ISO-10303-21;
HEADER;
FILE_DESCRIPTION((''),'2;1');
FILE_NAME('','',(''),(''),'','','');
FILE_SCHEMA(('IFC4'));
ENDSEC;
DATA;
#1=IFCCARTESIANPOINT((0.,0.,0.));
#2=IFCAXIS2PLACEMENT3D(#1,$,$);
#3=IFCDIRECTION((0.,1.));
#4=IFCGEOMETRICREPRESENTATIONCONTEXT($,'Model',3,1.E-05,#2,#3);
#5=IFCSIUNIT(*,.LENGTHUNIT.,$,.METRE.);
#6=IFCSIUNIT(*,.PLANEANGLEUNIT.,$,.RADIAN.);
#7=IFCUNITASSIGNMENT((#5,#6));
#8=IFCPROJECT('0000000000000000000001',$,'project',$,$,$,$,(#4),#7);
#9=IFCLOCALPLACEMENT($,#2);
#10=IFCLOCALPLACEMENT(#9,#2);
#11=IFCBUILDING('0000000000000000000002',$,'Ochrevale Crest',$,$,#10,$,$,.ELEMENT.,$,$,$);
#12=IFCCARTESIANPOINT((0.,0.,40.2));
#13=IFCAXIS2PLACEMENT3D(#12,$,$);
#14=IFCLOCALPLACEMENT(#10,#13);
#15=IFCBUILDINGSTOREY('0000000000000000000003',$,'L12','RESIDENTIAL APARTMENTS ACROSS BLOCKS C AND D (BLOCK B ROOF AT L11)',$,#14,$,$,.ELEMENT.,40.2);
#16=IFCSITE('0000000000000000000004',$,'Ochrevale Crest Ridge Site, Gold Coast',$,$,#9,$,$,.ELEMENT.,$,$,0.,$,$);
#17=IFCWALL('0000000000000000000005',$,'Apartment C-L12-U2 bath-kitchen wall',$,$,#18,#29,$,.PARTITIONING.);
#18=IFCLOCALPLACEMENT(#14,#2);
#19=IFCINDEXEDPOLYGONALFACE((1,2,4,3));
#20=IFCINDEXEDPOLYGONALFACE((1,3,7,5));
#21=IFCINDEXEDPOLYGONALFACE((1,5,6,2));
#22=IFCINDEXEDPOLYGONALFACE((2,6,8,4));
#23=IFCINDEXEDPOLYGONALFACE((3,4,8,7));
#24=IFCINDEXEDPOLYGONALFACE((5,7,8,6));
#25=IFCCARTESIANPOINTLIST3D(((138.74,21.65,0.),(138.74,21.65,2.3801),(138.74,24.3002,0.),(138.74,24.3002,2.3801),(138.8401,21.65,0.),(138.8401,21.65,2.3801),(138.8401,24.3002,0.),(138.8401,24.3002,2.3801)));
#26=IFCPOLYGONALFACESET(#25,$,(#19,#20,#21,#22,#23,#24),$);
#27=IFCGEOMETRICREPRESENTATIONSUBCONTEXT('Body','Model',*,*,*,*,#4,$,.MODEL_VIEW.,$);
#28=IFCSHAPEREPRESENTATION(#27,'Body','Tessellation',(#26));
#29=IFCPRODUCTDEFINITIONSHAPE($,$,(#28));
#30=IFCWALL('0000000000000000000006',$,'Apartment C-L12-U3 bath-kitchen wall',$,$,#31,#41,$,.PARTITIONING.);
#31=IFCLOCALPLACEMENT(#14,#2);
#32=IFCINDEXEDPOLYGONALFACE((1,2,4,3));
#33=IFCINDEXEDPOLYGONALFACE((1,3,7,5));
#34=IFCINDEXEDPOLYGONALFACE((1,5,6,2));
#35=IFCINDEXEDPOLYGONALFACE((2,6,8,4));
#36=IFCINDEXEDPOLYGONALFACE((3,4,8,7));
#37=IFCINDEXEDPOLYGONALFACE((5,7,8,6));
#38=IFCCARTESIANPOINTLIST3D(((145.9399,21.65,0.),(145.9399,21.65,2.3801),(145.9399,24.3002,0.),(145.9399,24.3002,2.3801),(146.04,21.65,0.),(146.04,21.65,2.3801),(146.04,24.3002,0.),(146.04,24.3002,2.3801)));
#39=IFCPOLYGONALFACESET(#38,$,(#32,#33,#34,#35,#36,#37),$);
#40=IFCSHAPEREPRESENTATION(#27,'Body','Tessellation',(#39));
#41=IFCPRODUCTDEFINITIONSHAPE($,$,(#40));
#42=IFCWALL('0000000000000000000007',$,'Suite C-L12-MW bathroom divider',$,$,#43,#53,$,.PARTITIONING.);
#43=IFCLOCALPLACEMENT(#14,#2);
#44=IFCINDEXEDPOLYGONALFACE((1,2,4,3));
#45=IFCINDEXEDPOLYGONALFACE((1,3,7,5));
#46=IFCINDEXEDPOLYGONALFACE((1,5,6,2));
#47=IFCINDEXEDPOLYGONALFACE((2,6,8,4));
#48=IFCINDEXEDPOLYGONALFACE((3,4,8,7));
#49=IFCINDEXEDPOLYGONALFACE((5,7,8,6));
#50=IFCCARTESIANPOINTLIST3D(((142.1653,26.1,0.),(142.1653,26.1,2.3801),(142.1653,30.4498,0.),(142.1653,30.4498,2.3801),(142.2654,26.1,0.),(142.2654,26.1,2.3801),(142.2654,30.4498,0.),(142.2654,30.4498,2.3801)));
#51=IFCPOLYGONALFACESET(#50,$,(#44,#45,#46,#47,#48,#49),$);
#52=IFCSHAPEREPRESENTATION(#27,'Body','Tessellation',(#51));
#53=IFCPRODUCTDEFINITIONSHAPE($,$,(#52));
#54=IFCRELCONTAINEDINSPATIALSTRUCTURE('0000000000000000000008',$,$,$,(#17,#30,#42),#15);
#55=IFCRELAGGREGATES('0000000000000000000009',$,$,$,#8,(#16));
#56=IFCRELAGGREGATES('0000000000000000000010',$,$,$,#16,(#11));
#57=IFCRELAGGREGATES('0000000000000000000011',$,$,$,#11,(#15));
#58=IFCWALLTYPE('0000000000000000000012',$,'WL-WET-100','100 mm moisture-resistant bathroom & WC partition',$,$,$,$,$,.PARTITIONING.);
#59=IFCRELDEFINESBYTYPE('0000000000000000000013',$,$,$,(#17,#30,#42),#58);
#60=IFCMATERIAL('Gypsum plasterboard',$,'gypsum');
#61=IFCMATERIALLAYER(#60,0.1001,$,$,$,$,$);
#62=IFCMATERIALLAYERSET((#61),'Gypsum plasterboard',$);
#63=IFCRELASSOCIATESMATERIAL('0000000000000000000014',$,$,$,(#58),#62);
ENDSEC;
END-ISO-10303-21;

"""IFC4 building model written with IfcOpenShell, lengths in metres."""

from ifc_helpers import new_model, si_unit, direction, frame, frame_2d, origin, place, context, subcontext, project, spatial, rectangle, extrude, material, layer, layer_set, type_object, element, save


model = new_model("IFC4")

# Units and contexts
model_context = context("Model", 3, precision=1e-05, world=origin(), true_north=direction((0.0, 1.0)))
body_context = subcontext(model_context, "Body", "Model", "MODEL_VIEW")
ifc_project = project(units=[si_unit("LENGTHUNIT", "METRE"), si_unit("PLANEANGLEUNIT", "RADIAN")], contexts=[model_context])

# Site, building, storey
site_placement = place(None, origin())
site = spatial("IfcSite", under=ifc_project, at=site_placement, Name="Ochrevale Crest Ridge Site, Gold Coast", CompositionType="ELEMENT", RefElevation=0.0)
building_placement = place(site_placement, origin())
building = spatial("IfcBuilding", under=site, at=building_placement, Name="Ochrevale Crest", CompositionType="ELEMENT")
storey_placement = place(building_placement, frame((0.0, 0.0, 40.2)))
storey = spatial("IfcBuildingStorey", under=building, at=storey_placement, Name="L12", Description="RESIDENTIAL APARTMENTS ACROSS BLOCKS C AND D (BLOCK B ROOF AT L11)", CompositionType="ELEMENT", Elevation=40.2)

# Shared definitions
ifc_material_1 = material(Name="Gypsum plasterboard", Category="gypsum")

# Walls
ifc_layer_1 = layer(ifc_material_1, 0.1001)
ifc_layer_set_1 = layer_set([ifc_layer_1], Name="Gypsum plasterboard")
wall_type_1 = type_object("IfcWallType", Name="WL-WET-100", Description="100 mm moisture-resistant bathroom & WC partition", PredefinedType="PARTITIONING", material=ifc_layer_set_1)
for number, where, z_axis, x_axis, name in (
    (1, (138.79, 21.6499, 0.0), (0.0, 0.0, 1.0), (0.0, 1.0, 0.0), "Apartment C-L12-U2 bath-kitchen wall"),
    (2, (145.99, 21.6499, 0.0), (0.0, 0.0, 1.0), (0.0, 1.0, 0.0), "Apartment C-L12-U3 bath-kitchen wall"),
):
    element("IfcWall", number, at=place(storey_placement, frame(where, z_axis=z_axis, x_axis=x_axis)), inside=storey, type_object=wall_type_1, Name=name, PredefinedType="PARTITIONING", context=body_context, shape_type="SweptSolid", body=[
        extrude(rectangle(XDim=2.6501, YDim=0.1001, at=frame_2d((1.3252, 0.0))), origin(), (0.0, 0.0, 1.0), 2.3801),
    ])
wall_1_placement = place(storey_placement, frame((142.2153, 26.1001, 0.0), z_axis=(0.0, 0.0, 1.0), x_axis=(0.0, 1.0, 0.0)))
element("IfcWall", 3, at=wall_1_placement, inside=storey, type_object=wall_type_1, Name="Suite C-L12-MW bathroom divider", PredefinedType="PARTITIONING", context=body_context, shape_type="SweptSolid", body=[
    extrude(rectangle(XDim=4.3499, YDim=0.1001, at=frame_2d((2.1748, 0.0))), origin(), (0.0, 0.0, 1.0), 2.3801),
])

save(model, "model.ifc")
